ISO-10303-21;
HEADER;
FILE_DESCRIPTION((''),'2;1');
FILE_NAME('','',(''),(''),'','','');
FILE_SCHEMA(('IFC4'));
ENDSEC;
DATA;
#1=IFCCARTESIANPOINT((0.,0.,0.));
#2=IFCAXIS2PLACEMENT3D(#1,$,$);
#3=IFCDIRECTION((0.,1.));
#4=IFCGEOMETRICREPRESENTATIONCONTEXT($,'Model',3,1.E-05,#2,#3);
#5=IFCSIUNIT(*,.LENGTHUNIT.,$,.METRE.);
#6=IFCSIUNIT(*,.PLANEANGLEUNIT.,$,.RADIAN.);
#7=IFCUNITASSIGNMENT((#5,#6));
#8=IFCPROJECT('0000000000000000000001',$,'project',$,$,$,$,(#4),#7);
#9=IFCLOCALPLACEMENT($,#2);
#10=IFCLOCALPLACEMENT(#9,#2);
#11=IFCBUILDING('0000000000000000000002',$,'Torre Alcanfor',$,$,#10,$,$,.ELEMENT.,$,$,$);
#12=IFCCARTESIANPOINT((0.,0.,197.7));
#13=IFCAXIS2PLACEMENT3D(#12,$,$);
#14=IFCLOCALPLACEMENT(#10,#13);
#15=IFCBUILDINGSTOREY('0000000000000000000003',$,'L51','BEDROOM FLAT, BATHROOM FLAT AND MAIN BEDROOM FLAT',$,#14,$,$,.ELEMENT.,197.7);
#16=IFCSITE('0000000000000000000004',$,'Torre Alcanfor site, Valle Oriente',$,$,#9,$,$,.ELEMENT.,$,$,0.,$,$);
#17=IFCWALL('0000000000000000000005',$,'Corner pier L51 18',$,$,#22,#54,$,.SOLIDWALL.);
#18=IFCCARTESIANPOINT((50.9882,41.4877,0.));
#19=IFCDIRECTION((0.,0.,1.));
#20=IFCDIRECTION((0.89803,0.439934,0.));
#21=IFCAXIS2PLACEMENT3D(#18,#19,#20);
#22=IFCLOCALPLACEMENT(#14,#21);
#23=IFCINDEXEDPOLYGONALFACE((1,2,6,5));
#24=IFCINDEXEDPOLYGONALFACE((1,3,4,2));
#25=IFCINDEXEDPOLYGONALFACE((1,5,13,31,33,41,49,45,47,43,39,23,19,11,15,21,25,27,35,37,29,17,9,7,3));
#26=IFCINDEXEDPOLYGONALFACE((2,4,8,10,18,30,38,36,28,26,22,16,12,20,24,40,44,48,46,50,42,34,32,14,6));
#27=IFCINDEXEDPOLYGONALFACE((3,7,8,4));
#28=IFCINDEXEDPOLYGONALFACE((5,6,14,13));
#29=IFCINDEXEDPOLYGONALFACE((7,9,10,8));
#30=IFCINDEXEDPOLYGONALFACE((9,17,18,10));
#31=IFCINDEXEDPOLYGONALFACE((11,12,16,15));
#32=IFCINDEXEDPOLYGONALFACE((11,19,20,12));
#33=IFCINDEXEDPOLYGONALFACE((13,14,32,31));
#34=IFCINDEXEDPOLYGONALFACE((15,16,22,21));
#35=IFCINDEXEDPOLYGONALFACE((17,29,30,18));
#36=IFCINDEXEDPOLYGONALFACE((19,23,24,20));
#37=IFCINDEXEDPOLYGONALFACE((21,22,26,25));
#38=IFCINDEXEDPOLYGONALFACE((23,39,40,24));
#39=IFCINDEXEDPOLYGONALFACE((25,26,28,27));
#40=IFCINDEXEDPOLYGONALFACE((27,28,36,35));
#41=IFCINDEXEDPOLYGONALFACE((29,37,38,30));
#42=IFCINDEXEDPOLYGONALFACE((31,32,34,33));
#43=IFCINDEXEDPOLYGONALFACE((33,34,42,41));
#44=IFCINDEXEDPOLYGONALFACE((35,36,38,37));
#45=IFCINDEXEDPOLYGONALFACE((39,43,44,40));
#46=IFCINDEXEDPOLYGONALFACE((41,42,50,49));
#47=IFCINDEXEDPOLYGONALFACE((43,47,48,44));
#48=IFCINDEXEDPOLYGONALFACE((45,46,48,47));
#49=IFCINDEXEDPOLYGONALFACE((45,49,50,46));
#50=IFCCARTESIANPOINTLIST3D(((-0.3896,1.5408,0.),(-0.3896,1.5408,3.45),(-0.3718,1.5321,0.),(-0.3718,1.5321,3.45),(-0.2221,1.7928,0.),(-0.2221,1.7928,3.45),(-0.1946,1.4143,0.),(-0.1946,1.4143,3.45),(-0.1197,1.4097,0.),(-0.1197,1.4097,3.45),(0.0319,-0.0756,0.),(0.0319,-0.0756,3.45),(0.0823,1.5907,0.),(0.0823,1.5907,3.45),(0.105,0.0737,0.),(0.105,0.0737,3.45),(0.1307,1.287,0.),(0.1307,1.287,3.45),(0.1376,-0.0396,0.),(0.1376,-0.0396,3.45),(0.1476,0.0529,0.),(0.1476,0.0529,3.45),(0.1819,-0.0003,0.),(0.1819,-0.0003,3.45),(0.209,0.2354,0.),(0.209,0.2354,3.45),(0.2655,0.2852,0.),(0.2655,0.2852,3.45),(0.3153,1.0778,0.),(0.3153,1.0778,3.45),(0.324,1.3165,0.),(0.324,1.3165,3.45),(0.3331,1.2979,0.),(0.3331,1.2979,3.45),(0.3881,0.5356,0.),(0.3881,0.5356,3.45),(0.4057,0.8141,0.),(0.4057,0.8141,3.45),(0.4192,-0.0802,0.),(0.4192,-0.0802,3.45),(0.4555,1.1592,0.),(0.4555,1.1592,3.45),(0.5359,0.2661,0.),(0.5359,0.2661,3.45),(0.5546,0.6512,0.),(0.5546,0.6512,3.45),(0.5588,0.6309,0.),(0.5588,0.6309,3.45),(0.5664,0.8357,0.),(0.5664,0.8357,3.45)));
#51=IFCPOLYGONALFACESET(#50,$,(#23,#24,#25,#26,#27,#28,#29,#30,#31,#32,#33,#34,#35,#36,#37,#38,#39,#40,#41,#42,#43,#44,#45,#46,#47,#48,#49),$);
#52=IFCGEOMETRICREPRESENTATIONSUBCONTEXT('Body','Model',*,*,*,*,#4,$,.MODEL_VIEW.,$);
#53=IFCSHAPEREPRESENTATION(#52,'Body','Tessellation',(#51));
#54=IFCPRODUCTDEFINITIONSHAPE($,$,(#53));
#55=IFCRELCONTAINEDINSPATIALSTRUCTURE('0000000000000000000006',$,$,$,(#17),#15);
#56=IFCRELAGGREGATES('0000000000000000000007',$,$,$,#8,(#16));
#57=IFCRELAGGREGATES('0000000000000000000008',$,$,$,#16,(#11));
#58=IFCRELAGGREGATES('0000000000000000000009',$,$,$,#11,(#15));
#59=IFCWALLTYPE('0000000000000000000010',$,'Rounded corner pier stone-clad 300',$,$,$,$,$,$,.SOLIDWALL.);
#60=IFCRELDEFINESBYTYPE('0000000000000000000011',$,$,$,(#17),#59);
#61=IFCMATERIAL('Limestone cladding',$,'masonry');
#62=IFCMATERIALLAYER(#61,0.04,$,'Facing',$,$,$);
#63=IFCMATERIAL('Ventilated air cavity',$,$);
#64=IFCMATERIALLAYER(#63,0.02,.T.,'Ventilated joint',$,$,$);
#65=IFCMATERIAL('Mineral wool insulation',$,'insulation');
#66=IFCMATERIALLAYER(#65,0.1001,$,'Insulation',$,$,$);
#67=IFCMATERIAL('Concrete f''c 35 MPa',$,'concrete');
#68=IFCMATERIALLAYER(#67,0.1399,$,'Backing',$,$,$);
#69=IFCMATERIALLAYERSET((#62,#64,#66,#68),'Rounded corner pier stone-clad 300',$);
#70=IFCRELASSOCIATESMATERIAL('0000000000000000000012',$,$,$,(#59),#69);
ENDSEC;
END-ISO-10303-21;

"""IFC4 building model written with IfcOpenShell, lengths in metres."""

from ifc_helpers import new_model, si_unit, direction, frame, origin, place, context, subcontext, project, spatial, polyline, outline, extrude, material, layer, layer_set, type_object, element, save


model = new_model("IFC4")

# Units and contexts
model_context = context("Model", 3, precision=1e-05, world=origin(), true_north=direction((0.0, 1.0)))
body_context = subcontext(model_context, "Body", "Model", "MODEL_VIEW")
ifc_project = project(units=[si_unit("LENGTHUNIT", "METRE"), si_unit("PLANEANGLEUNIT", "RADIAN")], contexts=[model_context])

# Site, building, storey
site_placement = place(None, origin())
site = spatial("IfcSite", under=ifc_project, at=site_placement, Name="Torre Alcanfor site, Valle Oriente", CompositionType="ELEMENT", RefElevation=0.0)
building_placement = place(site_placement, origin())
building = spatial("IfcBuilding", under=site, at=building_placement, Name="Torre Alcanfor", CompositionType="ELEMENT")
storey_placement = place(building_placement, frame((0.0, 0.0, 197.7)))
storey = spatial("IfcBuildingStorey", under=building, at=storey_placement, Name="L51", Description="BEDROOM FLAT, BATHROOM FLAT AND MAIN BEDROOM FLAT", CompositionType="ELEMENT", Elevation=197.7)

# Wall
ifc_material_1 = material(Name="Limestone cladding", Category="masonry")
ifc_layer_1 = layer(ifc_material_1, 0.04, Name="Facing")
ifc_material_2 = material(Name="Ventilated air cavity")
ifc_layer_2 = layer(ifc_material_2, 0.02, ventilated=True, Name="Ventilated joint")
ifc_material_3 = material(Name="Mineral wool insulation", Category="insulation")
ifc_layer_3 = layer(ifc_material_3, 0.1001, Name="Insulation")
ifc_material_4 = material(Name="Concrete f'c 35 MPa", Category="concrete")
ifc_layer_4 = layer(ifc_material_4, 0.1399, Name="Backing")
ifc_layer_set_1 = layer_set([ifc_layer_1, ifc_layer_2, ifc_layer_3, ifc_layer_4], Name="Rounded corner pier stone-clad 300")
wall_type_1 = type_object("IfcWallType", Name="Rounded corner pier stone-clad 300", PredefinedType="SOLIDWALL", material=ifc_layer_set_1)
wall_1_placement = place(storey_placement, frame((50.9882, 41.4877, 0.0), z_axis=(0.0, 0.0, 1.0), x_axis=(0.89803, 0.439934, 0.0)))
element("IfcWall", 1, at=wall_1_placement, inside=storey, type_object=wall_type_1, Name="Corner pier L51 18", PredefinedType="SOLIDWALL", context=body_context, shape_type="SweptSolid", body=[
    extrude(outline(polyline([(0.1376, -0.0396), (0.1819, -0.0003), (0.4192, -0.0802), (0.5359, 0.2661), (0.5588, 0.6309), (0.5546, 0.6512), (0.5664, 0.8357), (0.4555, 1.1592), (0.3331, 1.2979), (0.324, 1.3165), (0.0823, 1.5907), (-0.2221, 1.7928), (-0.3896, 1.5408), (-0.3718, 1.5321), (-0.1946, 1.4143), (-0.1197, 1.4097), (0.1307, 1.287), (0.3153, 1.0778), (0.4057, 0.8141), (0.3881, 0.5356), (0.2655, 0.2852), (0.209, 0.2354), (0.1476, 0.0529), (0.105, 0.0737), (0.0319, -0.0756), (0.1376, -0.0396)])), origin(), (0.0, 0.0, 1.0), 3.45),
])

save(model, "model.ifc")
